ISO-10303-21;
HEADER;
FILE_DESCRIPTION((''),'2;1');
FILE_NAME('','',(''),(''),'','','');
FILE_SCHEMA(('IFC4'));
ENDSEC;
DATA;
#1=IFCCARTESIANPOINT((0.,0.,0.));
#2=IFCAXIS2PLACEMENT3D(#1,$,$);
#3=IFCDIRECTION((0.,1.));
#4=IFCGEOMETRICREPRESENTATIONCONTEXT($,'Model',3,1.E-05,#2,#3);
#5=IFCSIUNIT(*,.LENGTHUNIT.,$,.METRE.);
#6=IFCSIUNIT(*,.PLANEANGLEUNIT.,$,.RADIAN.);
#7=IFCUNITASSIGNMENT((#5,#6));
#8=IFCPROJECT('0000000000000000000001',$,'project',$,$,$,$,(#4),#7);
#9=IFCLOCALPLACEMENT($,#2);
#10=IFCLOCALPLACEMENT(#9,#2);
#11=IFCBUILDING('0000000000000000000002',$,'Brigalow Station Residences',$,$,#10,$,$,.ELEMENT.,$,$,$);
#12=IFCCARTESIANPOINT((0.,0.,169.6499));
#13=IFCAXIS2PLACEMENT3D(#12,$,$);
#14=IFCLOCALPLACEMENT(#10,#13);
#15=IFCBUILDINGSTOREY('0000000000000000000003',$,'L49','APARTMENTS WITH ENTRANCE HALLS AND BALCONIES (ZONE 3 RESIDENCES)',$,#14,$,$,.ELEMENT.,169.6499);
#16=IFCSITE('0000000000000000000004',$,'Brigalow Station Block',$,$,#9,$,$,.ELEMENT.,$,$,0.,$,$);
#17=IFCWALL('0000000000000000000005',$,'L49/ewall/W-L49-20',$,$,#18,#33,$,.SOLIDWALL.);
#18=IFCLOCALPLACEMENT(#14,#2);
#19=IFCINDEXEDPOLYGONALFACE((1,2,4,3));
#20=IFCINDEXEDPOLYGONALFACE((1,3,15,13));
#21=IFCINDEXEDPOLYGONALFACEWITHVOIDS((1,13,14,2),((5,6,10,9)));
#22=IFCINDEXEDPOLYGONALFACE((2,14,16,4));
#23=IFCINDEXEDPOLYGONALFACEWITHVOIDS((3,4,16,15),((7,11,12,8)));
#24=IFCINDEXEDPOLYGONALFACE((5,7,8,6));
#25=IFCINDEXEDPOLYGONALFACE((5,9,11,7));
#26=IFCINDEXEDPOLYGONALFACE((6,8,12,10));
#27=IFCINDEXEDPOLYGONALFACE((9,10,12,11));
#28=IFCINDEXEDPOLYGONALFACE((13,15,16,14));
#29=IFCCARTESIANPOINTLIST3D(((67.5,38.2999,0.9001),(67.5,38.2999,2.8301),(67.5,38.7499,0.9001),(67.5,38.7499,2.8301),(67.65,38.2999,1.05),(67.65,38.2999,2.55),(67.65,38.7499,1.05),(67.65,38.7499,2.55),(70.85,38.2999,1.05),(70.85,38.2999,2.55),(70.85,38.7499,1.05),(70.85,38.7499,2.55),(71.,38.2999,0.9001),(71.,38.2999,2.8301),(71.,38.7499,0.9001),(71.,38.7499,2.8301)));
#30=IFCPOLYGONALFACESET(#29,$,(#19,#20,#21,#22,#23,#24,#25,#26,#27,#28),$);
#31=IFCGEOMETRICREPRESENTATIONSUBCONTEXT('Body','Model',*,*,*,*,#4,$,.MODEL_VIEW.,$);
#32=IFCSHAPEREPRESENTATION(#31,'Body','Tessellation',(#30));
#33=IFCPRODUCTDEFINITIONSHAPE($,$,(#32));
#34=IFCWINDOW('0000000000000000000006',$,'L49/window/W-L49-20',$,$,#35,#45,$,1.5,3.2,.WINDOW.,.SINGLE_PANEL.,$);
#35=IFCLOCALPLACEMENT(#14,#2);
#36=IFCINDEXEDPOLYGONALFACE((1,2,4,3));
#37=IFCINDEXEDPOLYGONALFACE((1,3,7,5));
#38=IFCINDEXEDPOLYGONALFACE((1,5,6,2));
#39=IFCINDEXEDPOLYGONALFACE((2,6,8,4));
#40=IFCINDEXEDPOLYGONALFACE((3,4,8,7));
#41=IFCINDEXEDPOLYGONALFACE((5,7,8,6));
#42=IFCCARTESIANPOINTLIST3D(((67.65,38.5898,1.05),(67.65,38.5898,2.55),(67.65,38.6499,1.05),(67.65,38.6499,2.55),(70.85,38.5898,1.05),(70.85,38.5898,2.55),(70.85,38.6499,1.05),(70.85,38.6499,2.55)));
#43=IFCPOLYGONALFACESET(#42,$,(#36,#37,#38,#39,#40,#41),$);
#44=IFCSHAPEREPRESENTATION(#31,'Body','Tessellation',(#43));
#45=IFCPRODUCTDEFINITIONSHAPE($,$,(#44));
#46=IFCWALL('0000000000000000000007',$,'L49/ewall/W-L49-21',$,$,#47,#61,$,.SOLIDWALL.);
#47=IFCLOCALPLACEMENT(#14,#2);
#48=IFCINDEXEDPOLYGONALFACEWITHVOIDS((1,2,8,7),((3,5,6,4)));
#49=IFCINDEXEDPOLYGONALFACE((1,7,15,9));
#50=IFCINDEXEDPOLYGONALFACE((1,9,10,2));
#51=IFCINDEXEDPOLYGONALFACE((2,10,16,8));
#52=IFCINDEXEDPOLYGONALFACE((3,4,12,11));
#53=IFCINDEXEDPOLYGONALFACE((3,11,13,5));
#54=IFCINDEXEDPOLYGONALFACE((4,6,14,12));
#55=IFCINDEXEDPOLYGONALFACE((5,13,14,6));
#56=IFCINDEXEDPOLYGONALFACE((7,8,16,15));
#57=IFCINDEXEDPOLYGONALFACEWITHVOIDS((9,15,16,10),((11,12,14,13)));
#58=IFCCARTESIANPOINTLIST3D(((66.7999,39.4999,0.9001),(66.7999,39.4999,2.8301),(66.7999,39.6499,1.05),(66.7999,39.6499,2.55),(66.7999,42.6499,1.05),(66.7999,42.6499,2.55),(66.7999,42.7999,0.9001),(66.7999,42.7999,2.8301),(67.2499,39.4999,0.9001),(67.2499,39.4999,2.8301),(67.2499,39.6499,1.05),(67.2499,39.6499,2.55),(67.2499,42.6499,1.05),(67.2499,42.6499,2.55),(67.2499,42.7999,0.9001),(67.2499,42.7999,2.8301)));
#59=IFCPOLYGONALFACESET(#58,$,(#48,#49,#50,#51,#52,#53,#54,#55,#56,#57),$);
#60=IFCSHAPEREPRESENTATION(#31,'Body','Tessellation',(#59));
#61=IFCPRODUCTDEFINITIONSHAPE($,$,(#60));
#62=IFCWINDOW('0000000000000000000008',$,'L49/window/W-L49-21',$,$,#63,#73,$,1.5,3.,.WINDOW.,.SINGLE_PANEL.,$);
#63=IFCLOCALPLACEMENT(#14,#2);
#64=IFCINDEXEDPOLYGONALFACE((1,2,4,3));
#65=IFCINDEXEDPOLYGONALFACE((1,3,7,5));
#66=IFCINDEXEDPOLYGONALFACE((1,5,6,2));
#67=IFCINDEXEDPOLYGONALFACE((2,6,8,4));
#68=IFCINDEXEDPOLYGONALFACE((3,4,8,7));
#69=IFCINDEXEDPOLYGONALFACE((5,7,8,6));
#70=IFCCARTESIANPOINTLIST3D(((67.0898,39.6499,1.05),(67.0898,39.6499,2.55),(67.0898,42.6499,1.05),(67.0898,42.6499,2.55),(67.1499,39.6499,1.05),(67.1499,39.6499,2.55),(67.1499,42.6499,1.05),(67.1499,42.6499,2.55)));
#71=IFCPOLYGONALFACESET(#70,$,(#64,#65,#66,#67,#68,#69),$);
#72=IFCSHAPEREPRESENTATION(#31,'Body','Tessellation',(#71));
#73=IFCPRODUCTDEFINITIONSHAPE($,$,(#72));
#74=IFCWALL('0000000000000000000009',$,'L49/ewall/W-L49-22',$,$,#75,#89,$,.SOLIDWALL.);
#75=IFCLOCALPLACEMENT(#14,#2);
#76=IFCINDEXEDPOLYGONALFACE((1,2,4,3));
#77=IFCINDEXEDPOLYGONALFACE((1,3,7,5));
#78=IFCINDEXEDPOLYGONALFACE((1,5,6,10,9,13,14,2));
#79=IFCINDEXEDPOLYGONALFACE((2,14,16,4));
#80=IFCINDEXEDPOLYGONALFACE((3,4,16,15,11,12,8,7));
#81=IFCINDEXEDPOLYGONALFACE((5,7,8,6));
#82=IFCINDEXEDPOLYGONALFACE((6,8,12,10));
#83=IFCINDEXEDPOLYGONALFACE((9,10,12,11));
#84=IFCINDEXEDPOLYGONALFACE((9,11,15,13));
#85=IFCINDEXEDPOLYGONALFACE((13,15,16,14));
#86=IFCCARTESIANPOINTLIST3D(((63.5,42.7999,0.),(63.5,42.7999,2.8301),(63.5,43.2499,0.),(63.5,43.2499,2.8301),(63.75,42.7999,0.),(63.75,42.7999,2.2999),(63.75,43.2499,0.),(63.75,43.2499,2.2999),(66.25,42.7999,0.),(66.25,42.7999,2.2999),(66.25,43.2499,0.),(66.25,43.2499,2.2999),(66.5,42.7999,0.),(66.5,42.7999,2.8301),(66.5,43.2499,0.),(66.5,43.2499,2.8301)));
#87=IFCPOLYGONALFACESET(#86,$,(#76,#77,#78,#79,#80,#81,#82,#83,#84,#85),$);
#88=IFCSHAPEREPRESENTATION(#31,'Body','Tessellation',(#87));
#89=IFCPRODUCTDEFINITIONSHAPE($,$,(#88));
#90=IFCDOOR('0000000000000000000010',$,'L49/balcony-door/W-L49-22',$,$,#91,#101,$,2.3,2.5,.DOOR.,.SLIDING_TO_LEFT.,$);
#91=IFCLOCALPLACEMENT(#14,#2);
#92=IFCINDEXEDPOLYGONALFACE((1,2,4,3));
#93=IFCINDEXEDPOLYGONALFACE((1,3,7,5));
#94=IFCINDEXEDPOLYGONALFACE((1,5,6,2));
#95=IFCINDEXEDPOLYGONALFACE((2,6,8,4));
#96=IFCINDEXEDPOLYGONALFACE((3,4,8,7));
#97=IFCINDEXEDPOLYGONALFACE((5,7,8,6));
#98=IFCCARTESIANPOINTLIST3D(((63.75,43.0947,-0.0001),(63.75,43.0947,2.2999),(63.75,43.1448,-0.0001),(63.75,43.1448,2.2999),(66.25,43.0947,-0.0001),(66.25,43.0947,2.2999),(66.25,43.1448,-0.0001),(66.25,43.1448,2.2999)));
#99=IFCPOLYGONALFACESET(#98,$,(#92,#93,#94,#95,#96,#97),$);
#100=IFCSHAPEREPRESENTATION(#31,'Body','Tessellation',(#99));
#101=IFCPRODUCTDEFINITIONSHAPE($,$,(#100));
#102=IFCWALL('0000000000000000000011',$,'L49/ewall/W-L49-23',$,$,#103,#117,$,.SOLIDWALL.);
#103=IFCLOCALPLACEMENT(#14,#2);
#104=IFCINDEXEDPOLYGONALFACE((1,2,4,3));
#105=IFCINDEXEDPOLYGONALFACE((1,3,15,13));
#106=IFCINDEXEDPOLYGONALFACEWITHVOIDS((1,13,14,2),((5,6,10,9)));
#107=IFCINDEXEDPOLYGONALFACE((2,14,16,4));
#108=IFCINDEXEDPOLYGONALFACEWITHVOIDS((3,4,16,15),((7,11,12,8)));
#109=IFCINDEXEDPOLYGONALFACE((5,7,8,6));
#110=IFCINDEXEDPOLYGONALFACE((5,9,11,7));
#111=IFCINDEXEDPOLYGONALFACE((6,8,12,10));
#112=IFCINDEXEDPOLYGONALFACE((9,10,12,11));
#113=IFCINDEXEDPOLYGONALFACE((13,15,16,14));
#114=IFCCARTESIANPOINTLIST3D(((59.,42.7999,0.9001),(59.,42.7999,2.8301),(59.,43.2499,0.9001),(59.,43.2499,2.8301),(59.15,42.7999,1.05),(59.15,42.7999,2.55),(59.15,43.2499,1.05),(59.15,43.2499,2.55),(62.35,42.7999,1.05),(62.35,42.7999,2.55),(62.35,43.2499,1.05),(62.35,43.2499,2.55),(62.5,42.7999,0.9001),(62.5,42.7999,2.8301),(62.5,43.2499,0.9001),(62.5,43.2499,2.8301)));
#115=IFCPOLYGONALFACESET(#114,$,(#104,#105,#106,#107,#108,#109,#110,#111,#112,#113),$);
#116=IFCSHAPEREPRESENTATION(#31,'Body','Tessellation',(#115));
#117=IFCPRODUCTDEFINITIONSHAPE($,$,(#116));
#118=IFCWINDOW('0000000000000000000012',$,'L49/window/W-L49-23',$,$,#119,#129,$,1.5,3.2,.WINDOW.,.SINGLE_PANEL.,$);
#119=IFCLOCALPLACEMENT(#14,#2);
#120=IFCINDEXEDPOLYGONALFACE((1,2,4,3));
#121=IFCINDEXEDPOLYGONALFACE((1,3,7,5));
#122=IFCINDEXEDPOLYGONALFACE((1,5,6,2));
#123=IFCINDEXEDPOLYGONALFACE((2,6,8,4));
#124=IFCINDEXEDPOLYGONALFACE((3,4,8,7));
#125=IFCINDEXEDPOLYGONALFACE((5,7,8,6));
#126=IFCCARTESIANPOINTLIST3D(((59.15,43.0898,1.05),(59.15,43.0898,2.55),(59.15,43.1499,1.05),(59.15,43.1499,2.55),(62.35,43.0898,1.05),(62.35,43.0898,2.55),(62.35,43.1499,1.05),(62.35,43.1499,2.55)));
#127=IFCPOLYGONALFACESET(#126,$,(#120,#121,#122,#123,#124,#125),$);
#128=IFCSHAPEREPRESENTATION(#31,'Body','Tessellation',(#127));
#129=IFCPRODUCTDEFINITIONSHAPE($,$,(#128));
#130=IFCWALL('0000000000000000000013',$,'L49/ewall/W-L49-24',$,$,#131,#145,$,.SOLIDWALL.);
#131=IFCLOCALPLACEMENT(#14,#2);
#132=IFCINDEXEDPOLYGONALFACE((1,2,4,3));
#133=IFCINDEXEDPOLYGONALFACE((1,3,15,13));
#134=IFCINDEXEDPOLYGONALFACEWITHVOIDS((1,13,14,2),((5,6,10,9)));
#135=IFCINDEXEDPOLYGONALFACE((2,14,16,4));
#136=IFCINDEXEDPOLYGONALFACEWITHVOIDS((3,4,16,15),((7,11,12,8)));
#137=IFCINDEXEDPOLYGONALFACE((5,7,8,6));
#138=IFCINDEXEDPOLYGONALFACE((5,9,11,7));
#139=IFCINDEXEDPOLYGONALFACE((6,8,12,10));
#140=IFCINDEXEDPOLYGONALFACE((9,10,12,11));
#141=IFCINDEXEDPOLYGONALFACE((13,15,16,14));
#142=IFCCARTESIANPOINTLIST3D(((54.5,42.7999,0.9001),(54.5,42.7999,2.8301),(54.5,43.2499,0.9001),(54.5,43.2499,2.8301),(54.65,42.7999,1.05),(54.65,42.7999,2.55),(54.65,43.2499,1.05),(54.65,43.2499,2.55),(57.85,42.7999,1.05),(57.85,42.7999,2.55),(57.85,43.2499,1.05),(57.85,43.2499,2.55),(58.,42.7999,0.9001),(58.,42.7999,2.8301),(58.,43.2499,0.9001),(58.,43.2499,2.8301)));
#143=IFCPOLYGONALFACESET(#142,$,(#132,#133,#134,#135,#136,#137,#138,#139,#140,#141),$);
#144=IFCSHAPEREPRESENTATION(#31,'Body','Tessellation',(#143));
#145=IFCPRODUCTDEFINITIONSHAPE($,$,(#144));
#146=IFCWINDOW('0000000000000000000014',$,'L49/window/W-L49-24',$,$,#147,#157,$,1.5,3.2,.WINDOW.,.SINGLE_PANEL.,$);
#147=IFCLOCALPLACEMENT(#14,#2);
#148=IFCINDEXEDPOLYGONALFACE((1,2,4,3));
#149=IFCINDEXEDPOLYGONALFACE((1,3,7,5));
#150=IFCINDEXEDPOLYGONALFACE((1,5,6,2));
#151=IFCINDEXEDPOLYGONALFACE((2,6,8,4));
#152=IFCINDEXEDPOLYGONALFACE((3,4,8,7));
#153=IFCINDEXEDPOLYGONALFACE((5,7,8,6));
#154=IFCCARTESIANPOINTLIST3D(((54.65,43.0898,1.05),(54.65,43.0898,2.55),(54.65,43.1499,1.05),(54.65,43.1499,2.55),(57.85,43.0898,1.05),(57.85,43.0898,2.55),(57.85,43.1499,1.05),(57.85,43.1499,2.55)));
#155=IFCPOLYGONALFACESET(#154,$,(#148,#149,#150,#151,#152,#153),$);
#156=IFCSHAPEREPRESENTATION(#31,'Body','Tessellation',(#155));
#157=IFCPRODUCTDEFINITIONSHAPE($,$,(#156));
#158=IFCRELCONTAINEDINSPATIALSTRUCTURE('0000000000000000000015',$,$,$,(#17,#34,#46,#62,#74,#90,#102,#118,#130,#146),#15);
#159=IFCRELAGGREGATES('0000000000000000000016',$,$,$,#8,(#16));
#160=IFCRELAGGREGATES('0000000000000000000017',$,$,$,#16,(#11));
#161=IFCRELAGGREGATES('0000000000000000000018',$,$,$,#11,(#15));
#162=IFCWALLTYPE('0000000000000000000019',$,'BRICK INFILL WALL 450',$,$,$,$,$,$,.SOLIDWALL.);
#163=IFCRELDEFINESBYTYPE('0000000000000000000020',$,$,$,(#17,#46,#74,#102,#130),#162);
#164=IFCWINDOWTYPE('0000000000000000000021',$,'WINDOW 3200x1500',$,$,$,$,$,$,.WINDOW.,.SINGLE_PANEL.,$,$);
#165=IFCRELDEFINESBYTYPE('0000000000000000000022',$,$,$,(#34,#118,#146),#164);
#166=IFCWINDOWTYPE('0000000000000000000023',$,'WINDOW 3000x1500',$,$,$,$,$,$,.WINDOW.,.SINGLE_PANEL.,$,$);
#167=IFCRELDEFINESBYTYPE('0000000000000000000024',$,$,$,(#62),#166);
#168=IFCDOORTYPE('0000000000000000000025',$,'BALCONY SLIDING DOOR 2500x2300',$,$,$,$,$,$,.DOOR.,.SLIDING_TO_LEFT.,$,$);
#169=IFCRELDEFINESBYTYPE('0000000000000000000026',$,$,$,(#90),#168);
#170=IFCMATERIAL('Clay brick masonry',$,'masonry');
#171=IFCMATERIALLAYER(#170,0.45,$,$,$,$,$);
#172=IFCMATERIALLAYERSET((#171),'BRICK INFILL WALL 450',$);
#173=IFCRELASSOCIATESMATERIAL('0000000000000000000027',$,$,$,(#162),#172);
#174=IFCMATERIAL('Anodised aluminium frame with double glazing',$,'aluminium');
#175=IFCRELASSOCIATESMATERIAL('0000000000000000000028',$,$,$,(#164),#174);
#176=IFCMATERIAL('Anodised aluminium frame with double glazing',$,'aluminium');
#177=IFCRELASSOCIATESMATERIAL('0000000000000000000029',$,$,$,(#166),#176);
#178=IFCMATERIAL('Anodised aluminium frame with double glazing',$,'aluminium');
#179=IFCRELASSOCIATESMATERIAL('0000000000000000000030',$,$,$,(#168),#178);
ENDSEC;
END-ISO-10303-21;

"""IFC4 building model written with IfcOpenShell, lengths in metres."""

from ifc_helpers import new_model, si_unit, direction, frame, frame_2d, origin, place, context, subcontext, project, spatial, rectangle, extrude, material, layer, layer_set, type_object, element, fill, save


model = new_model("IFC4")

# Units and contexts
model_context = context("Model", 3, precision=1e-05, world=origin(), true_north=direction((0.0, 1.0)))
body_context = subcontext(model_context, "Body", "Model", "MODEL_VIEW")
ifc_project = project(units=[si_unit("LENGTHUNIT", "METRE"), si_unit("PLANEANGLEUNIT", "RADIAN")], contexts=[model_context])

# Site, building, storey
site_placement = place(None, origin())
site = spatial("IfcSite", under=ifc_project, at=site_placement, Name="Brigalow Station Block", CompositionType="ELEMENT", RefElevation=0.0)
building_placement = place(site_placement, origin())
building = spatial("IfcBuilding", under=site, at=building_placement, Name="Brigalow Station Residences", CompositionType="ELEMENT")
storey_placement = place(building_placement, frame((0.0, 0.0, 169.6499)))
storey = spatial("IfcBuildingStorey", under=building, at=storey_placement, Name="L49", Description="APARTMENTS WITH ENTRANCE HALLS AND BALCONIES (ZONE 3 RESIDENCES)", CompositionType="ELEMENT", Elevation=169.6499)

# Walls, openings, windows
ifc_material_1 = material(Name="Clay brick masonry", Category="masonry")
ifc_layer_1 = layer(ifc_material_1, 0.45)
ifc_layer_set_1 = layer_set([ifc_layer_1], Name="BRICK INFILL WALL 450")
wall_type_1 = type_object("IfcWallType", Name="BRICK INFILL WALL 450", PredefinedType="SOLIDWALL", material=ifc_layer_set_1)
wall_1_placement = place(storey_placement, frame((71.0, 38.5249, 0.9001), z_axis=(0.0, 0.0, 1.0), x_axis=(-1.0, 0.0, 0.0)))
wall_1 = element("IfcWall", 1, at=wall_1_placement, inside=storey, type_object=wall_type_1, Name="L49/ewall/W-L49-20", PredefinedType="SOLIDWALL", context=body_context, shape_type="SweptSolid", body=[
    extrude(rectangle(XDim=3.5, YDim=0.45, at=frame_2d((1.75, 0.0))), origin(), (0.0, 0.0, 1.0), 1.9299),
])
opening_1_placement = place(wall_1_placement, frame((0.1499, 0.0, 0.1499)))
opening_1 = element("IfcOpeningElement", 2, at=opening_1_placement, cuts=wall_1, PredefinedType="OPENING", context=body_context, shape_type="SweptSolid", body=[
    extrude(rectangle(XDim=3.2, YDim=1.5, at=frame_2d((1.6001, 0.75))), frame((0.0, 0.2349, 0.0), z_axis=(0.0, -1.0, 0.0), x_axis=(1.0, 0.0, 0.0)), (0.0, 0.0, 1.0), 0.47),
])
ifc_material_2 = material(Name="Anodised aluminium frame with double glazing", Category="aluminium")
window_type_1 = type_object("IfcWindowType", Name="WINDOW 3200x1500", PartitioningType="SINGLE_PANEL", PredefinedType="WINDOW", material=ifc_material_2)
window_1_placement = place(opening_1_placement, origin())
window_1 = element("IfcWindow", 3, at=window_1_placement, inside=storey, type_object=window_type_1, Name="L49/window/W-L49-20", OverallHeight=1.5, OverallWidth=3.2, PartitioningType="SINGLE_PANEL", PredefinedType="WINDOW", context=body_context, shape_type="SweptSolid", body=[
    extrude(rectangle(XDim=3.2, YDim=1.5, at=frame_2d((1.6001, 0.75))), frame((0.0, -0.0649, 0.0), z_axis=(0.0, -1.0, 0.0), x_axis=(1.0, 0.0, 0.0)), (0.0, 0.0, 1.0), 0.0601),
])
fill(opening_1, window_1)
wall_2_placement = place(storey_placement, frame((67.0249, 39.5, 0.9001), z_axis=(0.0, 0.0, 1.0), x_axis=(0.0, 1.0, 0.0)))
wall_2 = element("IfcWall", 4, at=wall_2_placement, inside=storey, type_object=wall_type_1, Name="L49/ewall/W-L49-21", PredefinedType="SOLIDWALL", context=body_context, shape_type="SweptSolid", body=[
    extrude(rectangle(XDim=3.3, YDim=0.45, at=frame_2d((1.6499, 0.0))), origin(), (0.0, 0.0, 1.0), 1.9299),
])
opening_2_placement = place(wall_2_placement, frame((0.1499, 0.0, 0.1499)))
opening_2 = element("IfcOpeningElement", 5, at=opening_2_placement, cuts=wall_2, PredefinedType="OPENING", context=body_context, shape_type="SweptSolid", body=[
    extrude(rectangle(XDim=3.0, YDim=1.5, at=frame_2d((1.5, 0.75))), frame((0.0, 0.2349, 0.0), z_axis=(0.0, -1.0, 0.0), x_axis=(1.0, 0.0, 0.0)), (0.0, 0.0, 1.0), 0.47),
])
ifc_material_3 = material(Name="Anodised aluminium frame with double glazing", Category="aluminium")
window_type_2 = type_object("IfcWindowType", Name="WINDOW 3000x1500", PartitioningType="SINGLE_PANEL", PredefinedType="WINDOW", material=ifc_material_3)
window_2_placement = place(opening_2_placement, origin())
window_2 = element("IfcWindow", 6, at=window_2_placement, inside=storey, type_object=window_type_2, Name="L49/window/W-L49-21", OverallHeight=1.5, OverallWidth=3.0, PartitioningType="SINGLE_PANEL", PredefinedType="WINDOW", context=body_context, shape_type="SweptSolid", body=[
    extrude(rectangle(XDim=3.0, YDim=1.5, at=frame_2d((1.5, 0.75))), frame((0.0, -0.0649, 0.0), z_axis=(0.0, -1.0, 0.0), x_axis=(1.0, 0.0, 0.0)), (0.0, 0.0, 1.0), 0.0601),
])
fill(opening_2, window_2)

# Wall, opening, door
wall_3_placement = place(storey_placement, frame((66.5, 43.0249, 0.0), z_axis=(0.0, 0.0, 1.0), x_axis=(-1.0, 0.0, 0.0)))
wall_3 = element("IfcWall", 7, at=wall_3_placement, inside=storey, type_object=wall_type_1, Name="L49/ewall/W-L49-22", PredefinedType="SOLIDWALL", context=body_context, shape_type="SweptSolid", body=[
    extrude(rectangle(XDim=3.0, YDim=0.45, at=frame_2d((1.5, 0.0))), origin(), (0.0, 0.0, 1.0), 2.8301),
])
opening_3_placement = place(wall_3_placement, frame((0.25, 0.0, 0.0)))
opening_3 = element("IfcOpeningElement", 8, at=opening_3_placement, cuts=wall_3, PredefinedType="OPENING", context=body_context, shape_type="SweptSolid", body=[
    extrude(rectangle(XDim=2.5, YDim=2.3, at=frame_2d((1.25, 1.1499))), frame((0.0, 0.2349, 0.0), z_axis=(0.0, -1.0, 0.0), x_axis=(1.0, 0.0, 0.0)), (0.0, 0.0, 1.0), 0.47),
])
ifc_material_4 = material(Name="Anodised aluminium frame with double glazing", Category="aluminium")
door_type_1 = type_object("IfcDoorType", Name="BALCONY SLIDING DOOR 2500x2300", OperationType="SLIDING_TO_LEFT", PredefinedType="DOOR", material=ifc_material_4)
door_1_placement = place(opening_3_placement, origin())
door_1 = element("IfcDoor", 9, at=door_1_placement, inside=storey, type_object=door_type_1, Name="L49/balcony-door/W-L49-22", OperationType="SLIDING_TO_LEFT", OverallHeight=2.3, OverallWidth=2.5, PredefinedType="DOOR", context=body_context, shape_type="SweptSolid", body=[
    extrude(rectangle(XDim=2.5, YDim=2.3, at=frame_2d((1.25, 1.1499))), frame((0.0, -0.0698, 0.0), z_axis=(0.0, -1.0, 0.0), x_axis=(1.0, 0.0, 0.0)), (0.0, 0.0, 1.0), 0.05),
])
fill(opening_3, door_1)

# Walls, openings, windows
wall_4_placement = place(storey_placement, frame((62.5, 43.0249, 0.9001), z_axis=(0.0, 0.0, 1.0), x_axis=(-1.0, 0.0, 0.0)))
wall_4 = element("IfcWall", 10, at=wall_4_placement, inside=storey, type_object=wall_type_1, Name="L49/ewall/W-L49-23", PredefinedType="SOLIDWALL", context=body_context, shape_type="SweptSolid", body=[
    extrude(rectangle(XDim=3.5, YDim=0.45, at=frame_2d((1.75, 0.0))), origin(), (0.0, 0.0, 1.0), 1.9299),
])
opening_4_placement = place(wall_4_placement, frame((0.1499, 0.0, 0.1499)))
opening_4 = element("IfcOpeningElement", 11, at=opening_4_placement, cuts=wall_4, PredefinedType="OPENING", context=body_context, shape_type="SweptSolid", body=[
    extrude(rectangle(XDim=3.2, YDim=1.5, at=frame_2d((1.6001, 0.75))), frame((0.0, 0.2349, 0.0), z_axis=(0.0, -1.0, 0.0), x_axis=(1.0, 0.0, 0.0)), (0.0, 0.0, 1.0), 0.47),
])
window_3_placement = place(opening_4_placement, origin())
window_3 = element("IfcWindow", 12, at=window_3_placement, inside=storey, type_object=window_type_1, Name="L49/window/W-L49-23", OverallHeight=1.5, OverallWidth=3.2, PartitioningType="SINGLE_PANEL", PredefinedType="WINDOW", context=body_context, shape_type="SweptSolid", body=[
    extrude(rectangle(XDim=3.2, YDim=1.5, at=frame_2d((1.6001, 0.75))), frame((0.0, -0.0649, 0.0), z_axis=(0.0, -1.0, 0.0), x_axis=(1.0, 0.0, 0.0)), (0.0, 0.0, 1.0), 0.0601),
])
fill(opening_4, window_3)
wall_5_placement = place(storey_placement, frame((58.0, 43.0249, 0.9001), z_axis=(0.0, 0.0, 1.0), x_axis=(-1.0, 0.0, 0.0)))
wall_5 = element("IfcWall", 13, at=wall_5_placement, inside=storey, type_object=wall_type_1, Name="L49/ewall/W-L49-24", PredefinedType="SOLIDWALL", context=body_context, shape_type="SweptSolid", body=[
    extrude(rectangle(XDim=3.5, YDim=0.45, at=frame_2d((1.75, 0.0))), origin(), (0.0, 0.0, 1.0), 1.9299),
])
opening_5_placement = place(wall_5_placement, frame((0.1499, 0.0, 0.1499)))
opening_5 = element("IfcOpeningElement", 14, at=opening_5_placement, cuts=wall_5, PredefinedType="OPENING", context=body_context, shape_type="SweptSolid", body=[
    extrude(rectangle(XDim=3.2, YDim=1.5, at=frame_2d((1.6001, 0.75))), frame((0.0, 0.2349, 0.0), z_axis=(0.0, -1.0, 0.0), x_axis=(1.0, 0.0, 0.0)), (0.0, 0.0, 1.0), 0.47),
])
window_4_placement = place(opening_5_placement, origin())
window_4 = element("IfcWindow", 15, at=window_4_placement, inside=storey, type_object=window_type_1, Name="L49/window/W-L49-24", OverallHeight=1.5, OverallWidth=3.2, PartitioningType="SINGLE_PANEL", PredefinedType="WINDOW", context=body_context, shape_type="SweptSolid", body=[
    extrude(rectangle(XDim=3.2, YDim=1.5, at=frame_2d((1.6001, 0.75))), frame((0.0, -0.0649, 0.0), z_axis=(0.0, -1.0, 0.0), x_axis=(1.0, 0.0, 0.0)), (0.0, 0.0, 1.0), 0.0601),
])
fill(opening_5, window_4)

save(model, "model.ifc")
